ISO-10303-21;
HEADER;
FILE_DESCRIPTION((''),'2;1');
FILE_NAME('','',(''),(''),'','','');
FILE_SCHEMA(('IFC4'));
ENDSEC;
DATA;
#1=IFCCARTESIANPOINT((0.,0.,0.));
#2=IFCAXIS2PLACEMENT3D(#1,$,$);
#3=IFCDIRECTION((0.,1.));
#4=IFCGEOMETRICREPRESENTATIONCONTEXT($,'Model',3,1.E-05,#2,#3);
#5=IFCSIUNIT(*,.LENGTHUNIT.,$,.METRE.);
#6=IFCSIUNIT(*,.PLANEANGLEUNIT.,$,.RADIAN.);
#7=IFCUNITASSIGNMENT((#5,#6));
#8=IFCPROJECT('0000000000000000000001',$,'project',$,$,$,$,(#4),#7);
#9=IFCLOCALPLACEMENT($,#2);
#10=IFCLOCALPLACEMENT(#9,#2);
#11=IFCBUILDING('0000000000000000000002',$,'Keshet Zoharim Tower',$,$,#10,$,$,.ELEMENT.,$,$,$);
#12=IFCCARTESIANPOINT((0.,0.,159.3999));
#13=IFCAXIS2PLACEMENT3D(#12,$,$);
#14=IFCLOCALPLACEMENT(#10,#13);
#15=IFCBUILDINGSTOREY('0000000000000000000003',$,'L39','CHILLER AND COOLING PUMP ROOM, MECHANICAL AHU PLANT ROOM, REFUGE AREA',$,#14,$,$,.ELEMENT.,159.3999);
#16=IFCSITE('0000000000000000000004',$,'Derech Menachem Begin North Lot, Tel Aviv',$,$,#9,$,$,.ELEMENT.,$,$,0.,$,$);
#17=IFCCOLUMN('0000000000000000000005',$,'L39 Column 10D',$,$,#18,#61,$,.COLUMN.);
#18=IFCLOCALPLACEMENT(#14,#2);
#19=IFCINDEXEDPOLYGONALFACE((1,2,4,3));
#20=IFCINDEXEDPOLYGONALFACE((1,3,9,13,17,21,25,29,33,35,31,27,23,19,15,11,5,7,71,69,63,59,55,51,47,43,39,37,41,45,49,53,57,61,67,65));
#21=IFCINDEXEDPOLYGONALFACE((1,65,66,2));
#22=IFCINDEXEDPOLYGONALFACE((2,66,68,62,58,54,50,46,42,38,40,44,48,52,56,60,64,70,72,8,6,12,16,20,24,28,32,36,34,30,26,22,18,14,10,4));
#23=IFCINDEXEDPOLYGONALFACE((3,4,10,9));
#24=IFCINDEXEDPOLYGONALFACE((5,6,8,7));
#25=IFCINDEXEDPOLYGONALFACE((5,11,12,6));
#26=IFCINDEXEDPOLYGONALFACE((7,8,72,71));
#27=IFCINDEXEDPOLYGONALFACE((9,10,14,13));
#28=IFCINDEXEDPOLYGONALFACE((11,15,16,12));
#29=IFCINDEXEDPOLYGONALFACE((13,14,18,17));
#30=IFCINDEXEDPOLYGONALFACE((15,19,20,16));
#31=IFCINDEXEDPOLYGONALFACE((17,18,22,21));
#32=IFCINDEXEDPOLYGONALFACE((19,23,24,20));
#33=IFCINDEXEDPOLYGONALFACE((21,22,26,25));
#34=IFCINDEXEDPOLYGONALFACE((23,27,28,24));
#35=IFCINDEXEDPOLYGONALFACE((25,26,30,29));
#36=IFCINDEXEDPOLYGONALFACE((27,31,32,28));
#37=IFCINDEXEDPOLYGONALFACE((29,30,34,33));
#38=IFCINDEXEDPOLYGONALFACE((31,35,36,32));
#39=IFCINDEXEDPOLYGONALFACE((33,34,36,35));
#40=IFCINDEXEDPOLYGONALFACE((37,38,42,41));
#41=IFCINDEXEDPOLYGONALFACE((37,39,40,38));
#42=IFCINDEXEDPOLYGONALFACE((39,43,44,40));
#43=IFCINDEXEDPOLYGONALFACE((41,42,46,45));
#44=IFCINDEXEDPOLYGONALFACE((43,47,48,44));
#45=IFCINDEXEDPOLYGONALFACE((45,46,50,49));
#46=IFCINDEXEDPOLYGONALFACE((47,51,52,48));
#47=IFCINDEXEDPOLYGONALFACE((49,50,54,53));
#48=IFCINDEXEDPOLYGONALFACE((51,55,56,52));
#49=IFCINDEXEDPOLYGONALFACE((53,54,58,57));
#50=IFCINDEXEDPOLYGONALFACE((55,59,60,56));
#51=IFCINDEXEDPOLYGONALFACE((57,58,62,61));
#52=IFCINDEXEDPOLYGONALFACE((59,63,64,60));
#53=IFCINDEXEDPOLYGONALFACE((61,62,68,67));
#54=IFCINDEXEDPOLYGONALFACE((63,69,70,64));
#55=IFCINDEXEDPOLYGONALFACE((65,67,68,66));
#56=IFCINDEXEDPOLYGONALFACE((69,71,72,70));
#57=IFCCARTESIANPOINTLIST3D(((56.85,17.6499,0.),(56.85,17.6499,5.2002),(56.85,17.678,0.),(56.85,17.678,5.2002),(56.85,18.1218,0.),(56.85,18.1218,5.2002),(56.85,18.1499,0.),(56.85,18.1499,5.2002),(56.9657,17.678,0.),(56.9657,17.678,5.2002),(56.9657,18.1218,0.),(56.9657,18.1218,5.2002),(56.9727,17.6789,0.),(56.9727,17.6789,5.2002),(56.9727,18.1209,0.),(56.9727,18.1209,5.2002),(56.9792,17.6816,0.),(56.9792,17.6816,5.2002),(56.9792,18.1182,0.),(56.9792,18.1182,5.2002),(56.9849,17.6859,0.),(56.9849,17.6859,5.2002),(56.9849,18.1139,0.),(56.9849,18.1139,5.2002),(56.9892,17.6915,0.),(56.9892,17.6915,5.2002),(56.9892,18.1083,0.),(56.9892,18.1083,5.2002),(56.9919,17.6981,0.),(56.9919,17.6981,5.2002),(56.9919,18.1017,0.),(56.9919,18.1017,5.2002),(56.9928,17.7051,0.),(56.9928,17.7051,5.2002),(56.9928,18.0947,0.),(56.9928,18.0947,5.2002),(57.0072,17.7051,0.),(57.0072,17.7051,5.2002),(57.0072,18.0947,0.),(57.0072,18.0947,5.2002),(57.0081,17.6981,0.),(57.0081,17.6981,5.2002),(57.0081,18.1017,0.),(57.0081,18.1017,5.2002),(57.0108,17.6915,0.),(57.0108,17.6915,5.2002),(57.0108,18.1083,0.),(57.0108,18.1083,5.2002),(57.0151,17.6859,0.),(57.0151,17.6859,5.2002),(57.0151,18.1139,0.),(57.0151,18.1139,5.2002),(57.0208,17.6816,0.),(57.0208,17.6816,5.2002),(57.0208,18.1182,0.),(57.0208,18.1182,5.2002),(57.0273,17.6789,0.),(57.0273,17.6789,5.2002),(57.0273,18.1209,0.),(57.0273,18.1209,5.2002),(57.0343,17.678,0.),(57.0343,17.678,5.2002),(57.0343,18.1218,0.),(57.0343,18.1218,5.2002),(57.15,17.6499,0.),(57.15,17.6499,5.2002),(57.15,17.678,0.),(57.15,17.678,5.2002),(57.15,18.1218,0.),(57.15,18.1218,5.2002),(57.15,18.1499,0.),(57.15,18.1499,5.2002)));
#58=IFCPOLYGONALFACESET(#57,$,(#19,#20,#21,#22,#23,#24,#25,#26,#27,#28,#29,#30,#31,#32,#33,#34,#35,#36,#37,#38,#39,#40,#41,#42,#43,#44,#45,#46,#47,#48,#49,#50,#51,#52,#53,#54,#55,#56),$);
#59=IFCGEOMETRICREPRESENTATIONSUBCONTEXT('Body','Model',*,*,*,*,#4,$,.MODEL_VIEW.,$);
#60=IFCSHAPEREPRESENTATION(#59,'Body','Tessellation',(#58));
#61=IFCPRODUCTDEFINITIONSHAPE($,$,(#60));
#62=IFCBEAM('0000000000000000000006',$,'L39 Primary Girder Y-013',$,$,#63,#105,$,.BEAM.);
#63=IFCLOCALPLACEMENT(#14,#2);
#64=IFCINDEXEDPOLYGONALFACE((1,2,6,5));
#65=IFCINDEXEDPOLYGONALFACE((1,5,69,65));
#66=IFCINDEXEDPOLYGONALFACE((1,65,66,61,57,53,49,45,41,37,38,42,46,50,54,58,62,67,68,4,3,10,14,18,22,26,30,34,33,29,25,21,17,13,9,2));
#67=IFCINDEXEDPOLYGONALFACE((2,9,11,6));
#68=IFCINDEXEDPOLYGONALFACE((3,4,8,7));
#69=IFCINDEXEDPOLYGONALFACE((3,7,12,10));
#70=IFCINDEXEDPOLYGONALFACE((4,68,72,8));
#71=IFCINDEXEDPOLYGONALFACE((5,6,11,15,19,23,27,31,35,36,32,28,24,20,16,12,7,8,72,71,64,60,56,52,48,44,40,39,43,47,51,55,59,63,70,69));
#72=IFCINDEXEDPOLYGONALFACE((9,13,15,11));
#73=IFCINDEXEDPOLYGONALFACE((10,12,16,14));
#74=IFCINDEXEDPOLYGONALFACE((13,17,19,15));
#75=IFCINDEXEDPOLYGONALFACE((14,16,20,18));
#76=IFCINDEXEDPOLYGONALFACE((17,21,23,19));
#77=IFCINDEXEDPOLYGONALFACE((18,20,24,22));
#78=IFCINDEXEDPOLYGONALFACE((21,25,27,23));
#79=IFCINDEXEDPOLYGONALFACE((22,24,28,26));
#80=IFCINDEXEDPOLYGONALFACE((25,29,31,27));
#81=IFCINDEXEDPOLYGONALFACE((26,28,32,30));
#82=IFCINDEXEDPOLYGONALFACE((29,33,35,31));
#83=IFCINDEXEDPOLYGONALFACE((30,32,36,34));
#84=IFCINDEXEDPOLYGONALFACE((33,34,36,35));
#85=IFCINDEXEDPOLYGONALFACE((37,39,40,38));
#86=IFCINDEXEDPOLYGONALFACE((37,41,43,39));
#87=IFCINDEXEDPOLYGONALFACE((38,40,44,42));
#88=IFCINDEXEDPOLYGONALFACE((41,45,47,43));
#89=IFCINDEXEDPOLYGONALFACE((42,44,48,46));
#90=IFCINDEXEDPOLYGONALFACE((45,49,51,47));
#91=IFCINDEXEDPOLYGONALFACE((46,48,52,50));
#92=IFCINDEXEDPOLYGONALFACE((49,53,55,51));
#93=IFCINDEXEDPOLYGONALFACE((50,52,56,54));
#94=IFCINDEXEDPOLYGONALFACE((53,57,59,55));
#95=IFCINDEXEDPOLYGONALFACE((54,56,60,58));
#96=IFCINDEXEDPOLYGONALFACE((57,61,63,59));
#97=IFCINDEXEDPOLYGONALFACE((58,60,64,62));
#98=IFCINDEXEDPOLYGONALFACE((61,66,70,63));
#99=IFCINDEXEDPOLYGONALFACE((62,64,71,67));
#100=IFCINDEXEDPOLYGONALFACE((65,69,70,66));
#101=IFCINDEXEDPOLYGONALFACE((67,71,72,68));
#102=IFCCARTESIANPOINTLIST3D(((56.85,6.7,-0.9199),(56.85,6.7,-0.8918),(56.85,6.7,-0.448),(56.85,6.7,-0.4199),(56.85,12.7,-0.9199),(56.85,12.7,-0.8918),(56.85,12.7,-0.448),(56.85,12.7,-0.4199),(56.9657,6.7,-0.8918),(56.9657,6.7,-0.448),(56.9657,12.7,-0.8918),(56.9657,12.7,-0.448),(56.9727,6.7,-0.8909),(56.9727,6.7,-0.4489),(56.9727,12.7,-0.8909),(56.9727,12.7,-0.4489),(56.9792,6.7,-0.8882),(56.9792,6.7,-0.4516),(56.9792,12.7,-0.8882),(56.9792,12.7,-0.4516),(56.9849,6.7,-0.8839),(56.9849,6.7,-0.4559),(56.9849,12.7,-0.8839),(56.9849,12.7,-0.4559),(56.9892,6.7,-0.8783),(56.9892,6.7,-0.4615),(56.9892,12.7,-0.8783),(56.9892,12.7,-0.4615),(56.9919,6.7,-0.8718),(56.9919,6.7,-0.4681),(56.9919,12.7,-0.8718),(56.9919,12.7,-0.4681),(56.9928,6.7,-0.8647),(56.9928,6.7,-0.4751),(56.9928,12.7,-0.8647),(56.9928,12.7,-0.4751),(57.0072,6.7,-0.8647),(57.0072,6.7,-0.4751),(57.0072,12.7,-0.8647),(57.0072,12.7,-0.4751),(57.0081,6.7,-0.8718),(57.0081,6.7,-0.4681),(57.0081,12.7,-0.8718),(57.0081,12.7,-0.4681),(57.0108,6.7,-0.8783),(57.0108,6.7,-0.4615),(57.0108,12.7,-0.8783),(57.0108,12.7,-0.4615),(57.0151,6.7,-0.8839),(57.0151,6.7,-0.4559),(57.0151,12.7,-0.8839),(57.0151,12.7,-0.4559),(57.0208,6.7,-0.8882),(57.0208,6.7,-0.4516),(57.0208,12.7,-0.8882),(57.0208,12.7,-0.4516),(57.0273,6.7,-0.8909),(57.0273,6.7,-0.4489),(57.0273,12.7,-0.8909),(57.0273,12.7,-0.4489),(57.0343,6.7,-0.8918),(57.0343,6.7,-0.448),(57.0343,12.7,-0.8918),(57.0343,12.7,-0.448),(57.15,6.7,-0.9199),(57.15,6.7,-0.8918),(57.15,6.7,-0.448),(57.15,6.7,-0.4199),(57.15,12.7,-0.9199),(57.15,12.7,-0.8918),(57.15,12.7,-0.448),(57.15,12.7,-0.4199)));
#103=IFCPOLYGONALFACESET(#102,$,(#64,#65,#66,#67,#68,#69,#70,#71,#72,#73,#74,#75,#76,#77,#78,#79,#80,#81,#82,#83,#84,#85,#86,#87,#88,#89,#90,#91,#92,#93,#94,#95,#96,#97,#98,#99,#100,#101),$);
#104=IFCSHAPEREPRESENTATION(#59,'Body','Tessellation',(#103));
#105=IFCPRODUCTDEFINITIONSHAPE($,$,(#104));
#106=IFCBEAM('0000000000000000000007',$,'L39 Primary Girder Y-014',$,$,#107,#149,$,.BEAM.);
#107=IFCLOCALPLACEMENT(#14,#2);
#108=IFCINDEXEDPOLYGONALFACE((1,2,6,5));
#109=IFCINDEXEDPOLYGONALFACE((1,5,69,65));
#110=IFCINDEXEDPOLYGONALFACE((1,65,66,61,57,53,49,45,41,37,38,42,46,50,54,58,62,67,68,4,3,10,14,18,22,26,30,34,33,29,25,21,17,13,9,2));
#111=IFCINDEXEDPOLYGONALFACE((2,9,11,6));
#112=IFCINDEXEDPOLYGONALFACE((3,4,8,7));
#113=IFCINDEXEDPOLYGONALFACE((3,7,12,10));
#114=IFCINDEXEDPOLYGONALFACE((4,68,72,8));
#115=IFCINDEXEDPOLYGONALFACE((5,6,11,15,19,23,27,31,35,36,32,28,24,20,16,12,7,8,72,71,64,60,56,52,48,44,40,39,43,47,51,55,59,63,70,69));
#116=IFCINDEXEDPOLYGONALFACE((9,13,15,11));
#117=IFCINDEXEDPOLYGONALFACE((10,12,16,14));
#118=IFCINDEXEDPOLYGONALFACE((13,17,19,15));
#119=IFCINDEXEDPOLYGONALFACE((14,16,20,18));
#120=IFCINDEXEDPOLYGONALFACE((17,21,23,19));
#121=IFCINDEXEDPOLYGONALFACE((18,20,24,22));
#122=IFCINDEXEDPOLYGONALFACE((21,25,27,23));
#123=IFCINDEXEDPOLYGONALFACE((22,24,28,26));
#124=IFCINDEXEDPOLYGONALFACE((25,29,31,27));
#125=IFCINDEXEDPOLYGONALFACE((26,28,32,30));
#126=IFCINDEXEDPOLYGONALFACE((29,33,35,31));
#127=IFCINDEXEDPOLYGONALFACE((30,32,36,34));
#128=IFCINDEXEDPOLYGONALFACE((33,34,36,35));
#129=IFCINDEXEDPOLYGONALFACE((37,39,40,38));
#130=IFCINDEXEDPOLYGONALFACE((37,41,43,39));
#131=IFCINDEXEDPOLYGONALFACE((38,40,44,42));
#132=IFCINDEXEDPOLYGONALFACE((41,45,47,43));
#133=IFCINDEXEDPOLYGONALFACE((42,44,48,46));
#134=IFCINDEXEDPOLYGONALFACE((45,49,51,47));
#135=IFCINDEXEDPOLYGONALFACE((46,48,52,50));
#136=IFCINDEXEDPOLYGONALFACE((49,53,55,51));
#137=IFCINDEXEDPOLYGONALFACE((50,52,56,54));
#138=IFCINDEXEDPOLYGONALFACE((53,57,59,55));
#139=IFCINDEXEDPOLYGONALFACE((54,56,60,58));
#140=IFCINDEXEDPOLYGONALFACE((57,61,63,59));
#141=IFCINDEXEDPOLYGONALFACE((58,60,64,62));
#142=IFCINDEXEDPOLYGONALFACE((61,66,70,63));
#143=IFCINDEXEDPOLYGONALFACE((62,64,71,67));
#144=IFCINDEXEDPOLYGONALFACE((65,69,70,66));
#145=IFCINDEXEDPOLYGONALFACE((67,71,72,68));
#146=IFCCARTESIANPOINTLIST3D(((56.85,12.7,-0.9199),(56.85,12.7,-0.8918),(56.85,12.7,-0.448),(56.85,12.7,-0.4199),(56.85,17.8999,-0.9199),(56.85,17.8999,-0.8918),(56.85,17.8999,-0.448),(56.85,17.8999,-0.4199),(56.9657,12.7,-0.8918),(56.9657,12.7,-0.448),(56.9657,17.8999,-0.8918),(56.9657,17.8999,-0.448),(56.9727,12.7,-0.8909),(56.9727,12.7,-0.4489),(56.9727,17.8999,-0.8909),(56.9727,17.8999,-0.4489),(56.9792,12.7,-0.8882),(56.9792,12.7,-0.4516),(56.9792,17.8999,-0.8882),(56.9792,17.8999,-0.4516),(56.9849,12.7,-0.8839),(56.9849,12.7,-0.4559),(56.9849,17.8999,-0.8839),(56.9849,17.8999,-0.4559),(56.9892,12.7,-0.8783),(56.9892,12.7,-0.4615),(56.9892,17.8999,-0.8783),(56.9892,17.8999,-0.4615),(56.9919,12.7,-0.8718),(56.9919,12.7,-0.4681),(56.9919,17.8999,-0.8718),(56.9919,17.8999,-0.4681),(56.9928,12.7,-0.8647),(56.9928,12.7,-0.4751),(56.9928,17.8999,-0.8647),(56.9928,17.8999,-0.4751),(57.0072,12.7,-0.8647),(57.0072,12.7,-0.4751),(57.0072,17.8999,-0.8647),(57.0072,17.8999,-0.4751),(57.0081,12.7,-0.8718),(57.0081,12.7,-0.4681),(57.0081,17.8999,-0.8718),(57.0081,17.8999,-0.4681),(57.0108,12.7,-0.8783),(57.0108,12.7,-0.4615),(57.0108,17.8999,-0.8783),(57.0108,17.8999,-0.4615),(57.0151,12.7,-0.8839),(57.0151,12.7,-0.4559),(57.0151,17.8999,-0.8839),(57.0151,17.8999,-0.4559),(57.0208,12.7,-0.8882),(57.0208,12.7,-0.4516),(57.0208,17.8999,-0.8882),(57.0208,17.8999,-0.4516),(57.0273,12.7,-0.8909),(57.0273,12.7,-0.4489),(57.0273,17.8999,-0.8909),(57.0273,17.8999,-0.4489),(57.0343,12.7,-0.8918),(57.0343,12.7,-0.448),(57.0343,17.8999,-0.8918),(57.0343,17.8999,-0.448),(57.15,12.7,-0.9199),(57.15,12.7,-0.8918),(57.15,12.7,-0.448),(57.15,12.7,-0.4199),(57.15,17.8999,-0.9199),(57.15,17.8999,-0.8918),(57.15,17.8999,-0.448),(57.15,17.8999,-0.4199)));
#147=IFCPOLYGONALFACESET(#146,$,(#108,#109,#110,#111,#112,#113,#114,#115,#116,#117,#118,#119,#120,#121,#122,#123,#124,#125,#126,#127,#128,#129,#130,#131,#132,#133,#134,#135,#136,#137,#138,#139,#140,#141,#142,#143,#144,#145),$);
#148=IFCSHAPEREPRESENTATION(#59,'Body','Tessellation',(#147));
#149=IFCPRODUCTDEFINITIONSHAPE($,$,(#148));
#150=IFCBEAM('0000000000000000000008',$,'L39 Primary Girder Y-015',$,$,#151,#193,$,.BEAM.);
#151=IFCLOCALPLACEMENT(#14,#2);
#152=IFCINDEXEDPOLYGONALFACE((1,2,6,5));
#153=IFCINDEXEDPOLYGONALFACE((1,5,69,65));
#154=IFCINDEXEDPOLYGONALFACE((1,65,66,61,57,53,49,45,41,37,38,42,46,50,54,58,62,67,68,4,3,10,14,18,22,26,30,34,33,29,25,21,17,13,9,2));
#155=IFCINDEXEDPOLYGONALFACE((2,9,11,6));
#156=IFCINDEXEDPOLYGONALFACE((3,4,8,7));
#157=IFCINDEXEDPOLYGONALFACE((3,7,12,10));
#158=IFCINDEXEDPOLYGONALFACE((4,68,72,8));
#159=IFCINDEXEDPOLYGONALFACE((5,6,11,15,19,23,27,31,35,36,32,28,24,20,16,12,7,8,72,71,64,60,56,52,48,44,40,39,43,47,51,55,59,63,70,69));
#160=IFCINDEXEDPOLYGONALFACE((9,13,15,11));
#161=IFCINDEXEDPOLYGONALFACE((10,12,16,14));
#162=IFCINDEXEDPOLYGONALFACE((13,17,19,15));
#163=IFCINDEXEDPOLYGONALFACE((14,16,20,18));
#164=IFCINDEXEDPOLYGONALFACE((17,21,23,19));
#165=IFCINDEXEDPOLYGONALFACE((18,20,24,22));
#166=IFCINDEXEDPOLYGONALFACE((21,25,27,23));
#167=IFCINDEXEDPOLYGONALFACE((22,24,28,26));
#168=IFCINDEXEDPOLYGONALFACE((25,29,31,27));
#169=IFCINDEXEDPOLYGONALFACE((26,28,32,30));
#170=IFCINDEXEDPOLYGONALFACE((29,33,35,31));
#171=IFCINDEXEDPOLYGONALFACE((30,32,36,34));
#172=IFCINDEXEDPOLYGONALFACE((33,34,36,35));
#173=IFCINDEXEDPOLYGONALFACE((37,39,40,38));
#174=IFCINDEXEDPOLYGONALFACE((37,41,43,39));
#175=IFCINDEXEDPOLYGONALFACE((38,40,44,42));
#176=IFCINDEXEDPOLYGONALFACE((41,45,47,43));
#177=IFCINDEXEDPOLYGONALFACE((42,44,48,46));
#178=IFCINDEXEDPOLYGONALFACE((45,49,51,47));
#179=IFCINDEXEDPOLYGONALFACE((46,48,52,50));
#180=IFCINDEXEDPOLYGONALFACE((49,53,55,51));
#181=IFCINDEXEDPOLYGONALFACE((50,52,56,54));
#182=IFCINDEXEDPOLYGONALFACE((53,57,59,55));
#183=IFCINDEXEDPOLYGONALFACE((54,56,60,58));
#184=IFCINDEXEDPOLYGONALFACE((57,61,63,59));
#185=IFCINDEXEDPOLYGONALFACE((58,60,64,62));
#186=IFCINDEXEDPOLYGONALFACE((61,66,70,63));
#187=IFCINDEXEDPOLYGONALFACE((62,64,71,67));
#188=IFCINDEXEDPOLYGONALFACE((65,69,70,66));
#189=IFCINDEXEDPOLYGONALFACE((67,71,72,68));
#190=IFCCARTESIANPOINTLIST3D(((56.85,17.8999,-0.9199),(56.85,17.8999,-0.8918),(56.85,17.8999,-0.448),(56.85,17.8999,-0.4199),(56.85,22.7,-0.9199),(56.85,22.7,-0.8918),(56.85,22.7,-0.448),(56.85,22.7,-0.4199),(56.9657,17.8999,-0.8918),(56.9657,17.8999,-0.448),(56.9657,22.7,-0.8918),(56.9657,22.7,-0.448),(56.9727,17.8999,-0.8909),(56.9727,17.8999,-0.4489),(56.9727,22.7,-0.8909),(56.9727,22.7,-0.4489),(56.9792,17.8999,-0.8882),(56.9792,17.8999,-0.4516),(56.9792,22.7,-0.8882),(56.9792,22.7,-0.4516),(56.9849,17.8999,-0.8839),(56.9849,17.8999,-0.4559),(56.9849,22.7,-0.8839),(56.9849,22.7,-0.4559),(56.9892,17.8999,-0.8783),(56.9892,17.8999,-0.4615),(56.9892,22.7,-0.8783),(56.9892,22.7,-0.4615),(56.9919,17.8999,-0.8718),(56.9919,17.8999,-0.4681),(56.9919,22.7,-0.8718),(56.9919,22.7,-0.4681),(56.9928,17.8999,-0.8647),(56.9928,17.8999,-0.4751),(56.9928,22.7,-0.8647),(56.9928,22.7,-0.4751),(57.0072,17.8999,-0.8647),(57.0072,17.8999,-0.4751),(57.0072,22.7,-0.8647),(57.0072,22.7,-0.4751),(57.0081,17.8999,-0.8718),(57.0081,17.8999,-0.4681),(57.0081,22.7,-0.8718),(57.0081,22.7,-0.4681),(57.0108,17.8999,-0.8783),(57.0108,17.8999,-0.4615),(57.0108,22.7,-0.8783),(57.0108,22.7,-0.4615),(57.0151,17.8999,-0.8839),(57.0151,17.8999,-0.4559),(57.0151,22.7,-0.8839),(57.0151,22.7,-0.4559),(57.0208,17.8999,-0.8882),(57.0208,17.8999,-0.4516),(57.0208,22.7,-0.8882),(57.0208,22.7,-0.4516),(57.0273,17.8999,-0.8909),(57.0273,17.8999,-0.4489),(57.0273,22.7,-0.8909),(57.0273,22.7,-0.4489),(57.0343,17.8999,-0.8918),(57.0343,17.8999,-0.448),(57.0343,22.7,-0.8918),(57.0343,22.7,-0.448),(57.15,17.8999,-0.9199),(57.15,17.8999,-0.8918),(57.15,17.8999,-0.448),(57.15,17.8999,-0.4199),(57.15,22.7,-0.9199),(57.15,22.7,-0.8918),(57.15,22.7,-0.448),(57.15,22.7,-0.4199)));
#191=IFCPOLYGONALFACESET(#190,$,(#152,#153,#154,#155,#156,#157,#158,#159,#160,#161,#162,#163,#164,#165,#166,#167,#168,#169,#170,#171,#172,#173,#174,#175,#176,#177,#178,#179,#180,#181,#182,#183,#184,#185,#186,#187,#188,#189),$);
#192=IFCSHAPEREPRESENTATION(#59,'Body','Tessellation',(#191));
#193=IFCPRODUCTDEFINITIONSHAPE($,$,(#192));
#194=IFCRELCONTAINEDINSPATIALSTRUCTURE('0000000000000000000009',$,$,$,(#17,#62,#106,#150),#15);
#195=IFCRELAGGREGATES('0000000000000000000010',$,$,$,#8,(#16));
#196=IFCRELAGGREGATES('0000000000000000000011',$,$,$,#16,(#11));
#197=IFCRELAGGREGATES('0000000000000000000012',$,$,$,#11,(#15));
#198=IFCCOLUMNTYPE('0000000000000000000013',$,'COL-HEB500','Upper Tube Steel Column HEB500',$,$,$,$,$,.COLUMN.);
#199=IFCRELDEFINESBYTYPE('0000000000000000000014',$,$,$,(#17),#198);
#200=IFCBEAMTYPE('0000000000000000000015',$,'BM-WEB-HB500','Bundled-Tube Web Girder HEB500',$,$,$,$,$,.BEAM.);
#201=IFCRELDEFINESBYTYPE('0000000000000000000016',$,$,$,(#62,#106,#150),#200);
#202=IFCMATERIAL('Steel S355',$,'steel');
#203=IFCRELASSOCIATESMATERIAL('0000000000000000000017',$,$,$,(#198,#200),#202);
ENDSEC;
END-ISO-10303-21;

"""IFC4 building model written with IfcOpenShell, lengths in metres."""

from ifc_helpers import new_model, si_unit, direction, frame, origin, origin_2d, place, context, subcontext, project, spatial, i_section, extrude, material, material_profile, profile_set, type_object, element, save


model = new_model("IFC4")

# Units and contexts
model_context = context("Model", 3, precision=1e-05, world=origin(), true_north=direction((0.0, 1.0)))
body_context = subcontext(model_context, "Body", "Model", "MODEL_VIEW")
ifc_project = project(units=[si_unit("LENGTHUNIT", "METRE"), si_unit("PLANEANGLEUNIT", "RADIAN")], contexts=[model_context])

# Site, building, storey
site_placement = place(None, origin())
site = spatial("IfcSite", under=ifc_project, at=site_placement, Name="Derech Menachem Begin North Lot, Tel Aviv", CompositionType="ELEMENT", RefElevation=0.0)
building_placement = place(site_placement, origin())
building = spatial("IfcBuilding", under=site, at=building_placement, Name="Keshet Zoharim Tower", CompositionType="ELEMENT")
storey_placement = place(building_placement, frame((0.0, 0.0, 159.3999)))
storey = spatial("IfcBuildingStorey", under=building, at=storey_placement, Name="L39", Description="CHILLER AND COOLING PUMP ROOM, MECHANICAL AHU PLANT ROOM, REFUGE AREA", CompositionType="ELEMENT", Elevation=159.3999)

# Column
ifc_material_1 = material(Name="Steel S355", Category="steel")
ifc_material_profile_1 = material_profile(ifc_material_1, i_section(OverallWidth=0.3, OverallDepth=0.5, WebThickness=0.0144, FlangeThickness=0.0281, FilletRadius=0.0271, at=origin_2d()), Name="HEB500")
ifc_profile_set_1 = profile_set([ifc_material_profile_1], Name="Steel S355")
column_type = type_object("IfcColumnType", Name="COL-HEB500", Description="Upper Tube Steel Column HEB500", PredefinedType="COLUMN", material=ifc_profile_set_1)
for number, where, z_axis, x_axis, name in (
    (1, (57.0, 17.8999, 0.0), (0.0, 0.0, 1.0), (1.0, 0.0, 0.0), "L39 Column 10D"),
):
    element("IfcColumn", number, at=place(storey_placement, frame(where, z_axis=z_axis, x_axis=x_axis)), inside=storey, type_object=column_type, Name=name, PredefinedType="COLUMN", context=body_context, shape_type="SweptSolid", body=[
        extrude(i_section(OverallWidth=0.3, OverallDepth=0.5, WebThickness=0.0144, FlangeThickness=0.0281, FilletRadius=0.0271, at=origin_2d()), origin(), (0.0, 0.0, 1.0), 5.2002),
    ])

# Beams
ifc_material_profile_2 = material_profile(ifc_material_1, i_section(OverallWidth=0.3, OverallDepth=0.5, WebThickness=0.0144, FlangeThickness=0.0281, FilletRadius=0.0271, at=origin_2d()), Name="HEB500")
ifc_profile_set_2 = profile_set([ifc_material_profile_2], Name="Steel S355")
beam_type_1 = type_object("IfcBeamType", Name="BM-WEB-HB500", Description="Bundled-Tube Web Girder HEB500", PredefinedType="BEAM", material=ifc_profile_set_2)
beam_1_placement = place(storey_placement, frame((57.0, 6.7, -0.6699), z_axis=(0.0, 1.0, 0.0), x_axis=(-1.0, 0.0, 0.0)))
element("IfcBeam", 2, at=beam_1_placement, inside=storey, type_object=beam_type_1, Name="L39 Primary Girder Y-013", PredefinedType="BEAM", context=body_context, shape_type="SweptSolid", body=[
    extrude(i_section(OverallWidth=0.3, OverallDepth=0.5, WebThickness=0.0144, FlangeThickness=0.0281, FilletRadius=0.0271, at=origin_2d()), origin(), (0.0, 0.0, 1.0), 6.0),
])
beam_2_placement = place(storey_placement, frame((57.0, 12.7, -0.6699), z_axis=(0.0, 1.0, 0.0), x_axis=(-1.0, 0.0, 0.0)))
element("IfcBeam", 3, at=beam_2_placement, inside=storey, type_object=beam_type_1, Name="L39 Primary Girder Y-014", PredefinedType="BEAM", context=body_context, shape_type="SweptSolid", body=[
    extrude(i_section(OverallWidth=0.3, OverallDepth=0.5, WebThickness=0.0144, FlangeThickness=0.0281, FilletRadius=0.0271, at=origin_2d()), origin(), (0.0, 0.0, 1.0), 5.2),
])
beam_3_placement = place(storey_placement, frame((57.0, 17.8999, -0.6699), z_axis=(0.0, 1.0, 0.0), x_axis=(-1.0, 0.0, 0.0)))
element("IfcBeam", 4, at=beam_3_placement, inside=storey, type_object=beam_type_1, Name="L39 Primary Girder Y-015", PredefinedType="BEAM", context=body_context, shape_type="SweptSolid", body=[
    extrude(i_section(OverallWidth=0.3, OverallDepth=0.5, WebThickness=0.0144, FlangeThickness=0.0281, FilletRadius=0.0271, at=origin_2d()), origin(), (0.0, 0.0, 1.0), 4.8),
])

save(model, "model.ifc")
